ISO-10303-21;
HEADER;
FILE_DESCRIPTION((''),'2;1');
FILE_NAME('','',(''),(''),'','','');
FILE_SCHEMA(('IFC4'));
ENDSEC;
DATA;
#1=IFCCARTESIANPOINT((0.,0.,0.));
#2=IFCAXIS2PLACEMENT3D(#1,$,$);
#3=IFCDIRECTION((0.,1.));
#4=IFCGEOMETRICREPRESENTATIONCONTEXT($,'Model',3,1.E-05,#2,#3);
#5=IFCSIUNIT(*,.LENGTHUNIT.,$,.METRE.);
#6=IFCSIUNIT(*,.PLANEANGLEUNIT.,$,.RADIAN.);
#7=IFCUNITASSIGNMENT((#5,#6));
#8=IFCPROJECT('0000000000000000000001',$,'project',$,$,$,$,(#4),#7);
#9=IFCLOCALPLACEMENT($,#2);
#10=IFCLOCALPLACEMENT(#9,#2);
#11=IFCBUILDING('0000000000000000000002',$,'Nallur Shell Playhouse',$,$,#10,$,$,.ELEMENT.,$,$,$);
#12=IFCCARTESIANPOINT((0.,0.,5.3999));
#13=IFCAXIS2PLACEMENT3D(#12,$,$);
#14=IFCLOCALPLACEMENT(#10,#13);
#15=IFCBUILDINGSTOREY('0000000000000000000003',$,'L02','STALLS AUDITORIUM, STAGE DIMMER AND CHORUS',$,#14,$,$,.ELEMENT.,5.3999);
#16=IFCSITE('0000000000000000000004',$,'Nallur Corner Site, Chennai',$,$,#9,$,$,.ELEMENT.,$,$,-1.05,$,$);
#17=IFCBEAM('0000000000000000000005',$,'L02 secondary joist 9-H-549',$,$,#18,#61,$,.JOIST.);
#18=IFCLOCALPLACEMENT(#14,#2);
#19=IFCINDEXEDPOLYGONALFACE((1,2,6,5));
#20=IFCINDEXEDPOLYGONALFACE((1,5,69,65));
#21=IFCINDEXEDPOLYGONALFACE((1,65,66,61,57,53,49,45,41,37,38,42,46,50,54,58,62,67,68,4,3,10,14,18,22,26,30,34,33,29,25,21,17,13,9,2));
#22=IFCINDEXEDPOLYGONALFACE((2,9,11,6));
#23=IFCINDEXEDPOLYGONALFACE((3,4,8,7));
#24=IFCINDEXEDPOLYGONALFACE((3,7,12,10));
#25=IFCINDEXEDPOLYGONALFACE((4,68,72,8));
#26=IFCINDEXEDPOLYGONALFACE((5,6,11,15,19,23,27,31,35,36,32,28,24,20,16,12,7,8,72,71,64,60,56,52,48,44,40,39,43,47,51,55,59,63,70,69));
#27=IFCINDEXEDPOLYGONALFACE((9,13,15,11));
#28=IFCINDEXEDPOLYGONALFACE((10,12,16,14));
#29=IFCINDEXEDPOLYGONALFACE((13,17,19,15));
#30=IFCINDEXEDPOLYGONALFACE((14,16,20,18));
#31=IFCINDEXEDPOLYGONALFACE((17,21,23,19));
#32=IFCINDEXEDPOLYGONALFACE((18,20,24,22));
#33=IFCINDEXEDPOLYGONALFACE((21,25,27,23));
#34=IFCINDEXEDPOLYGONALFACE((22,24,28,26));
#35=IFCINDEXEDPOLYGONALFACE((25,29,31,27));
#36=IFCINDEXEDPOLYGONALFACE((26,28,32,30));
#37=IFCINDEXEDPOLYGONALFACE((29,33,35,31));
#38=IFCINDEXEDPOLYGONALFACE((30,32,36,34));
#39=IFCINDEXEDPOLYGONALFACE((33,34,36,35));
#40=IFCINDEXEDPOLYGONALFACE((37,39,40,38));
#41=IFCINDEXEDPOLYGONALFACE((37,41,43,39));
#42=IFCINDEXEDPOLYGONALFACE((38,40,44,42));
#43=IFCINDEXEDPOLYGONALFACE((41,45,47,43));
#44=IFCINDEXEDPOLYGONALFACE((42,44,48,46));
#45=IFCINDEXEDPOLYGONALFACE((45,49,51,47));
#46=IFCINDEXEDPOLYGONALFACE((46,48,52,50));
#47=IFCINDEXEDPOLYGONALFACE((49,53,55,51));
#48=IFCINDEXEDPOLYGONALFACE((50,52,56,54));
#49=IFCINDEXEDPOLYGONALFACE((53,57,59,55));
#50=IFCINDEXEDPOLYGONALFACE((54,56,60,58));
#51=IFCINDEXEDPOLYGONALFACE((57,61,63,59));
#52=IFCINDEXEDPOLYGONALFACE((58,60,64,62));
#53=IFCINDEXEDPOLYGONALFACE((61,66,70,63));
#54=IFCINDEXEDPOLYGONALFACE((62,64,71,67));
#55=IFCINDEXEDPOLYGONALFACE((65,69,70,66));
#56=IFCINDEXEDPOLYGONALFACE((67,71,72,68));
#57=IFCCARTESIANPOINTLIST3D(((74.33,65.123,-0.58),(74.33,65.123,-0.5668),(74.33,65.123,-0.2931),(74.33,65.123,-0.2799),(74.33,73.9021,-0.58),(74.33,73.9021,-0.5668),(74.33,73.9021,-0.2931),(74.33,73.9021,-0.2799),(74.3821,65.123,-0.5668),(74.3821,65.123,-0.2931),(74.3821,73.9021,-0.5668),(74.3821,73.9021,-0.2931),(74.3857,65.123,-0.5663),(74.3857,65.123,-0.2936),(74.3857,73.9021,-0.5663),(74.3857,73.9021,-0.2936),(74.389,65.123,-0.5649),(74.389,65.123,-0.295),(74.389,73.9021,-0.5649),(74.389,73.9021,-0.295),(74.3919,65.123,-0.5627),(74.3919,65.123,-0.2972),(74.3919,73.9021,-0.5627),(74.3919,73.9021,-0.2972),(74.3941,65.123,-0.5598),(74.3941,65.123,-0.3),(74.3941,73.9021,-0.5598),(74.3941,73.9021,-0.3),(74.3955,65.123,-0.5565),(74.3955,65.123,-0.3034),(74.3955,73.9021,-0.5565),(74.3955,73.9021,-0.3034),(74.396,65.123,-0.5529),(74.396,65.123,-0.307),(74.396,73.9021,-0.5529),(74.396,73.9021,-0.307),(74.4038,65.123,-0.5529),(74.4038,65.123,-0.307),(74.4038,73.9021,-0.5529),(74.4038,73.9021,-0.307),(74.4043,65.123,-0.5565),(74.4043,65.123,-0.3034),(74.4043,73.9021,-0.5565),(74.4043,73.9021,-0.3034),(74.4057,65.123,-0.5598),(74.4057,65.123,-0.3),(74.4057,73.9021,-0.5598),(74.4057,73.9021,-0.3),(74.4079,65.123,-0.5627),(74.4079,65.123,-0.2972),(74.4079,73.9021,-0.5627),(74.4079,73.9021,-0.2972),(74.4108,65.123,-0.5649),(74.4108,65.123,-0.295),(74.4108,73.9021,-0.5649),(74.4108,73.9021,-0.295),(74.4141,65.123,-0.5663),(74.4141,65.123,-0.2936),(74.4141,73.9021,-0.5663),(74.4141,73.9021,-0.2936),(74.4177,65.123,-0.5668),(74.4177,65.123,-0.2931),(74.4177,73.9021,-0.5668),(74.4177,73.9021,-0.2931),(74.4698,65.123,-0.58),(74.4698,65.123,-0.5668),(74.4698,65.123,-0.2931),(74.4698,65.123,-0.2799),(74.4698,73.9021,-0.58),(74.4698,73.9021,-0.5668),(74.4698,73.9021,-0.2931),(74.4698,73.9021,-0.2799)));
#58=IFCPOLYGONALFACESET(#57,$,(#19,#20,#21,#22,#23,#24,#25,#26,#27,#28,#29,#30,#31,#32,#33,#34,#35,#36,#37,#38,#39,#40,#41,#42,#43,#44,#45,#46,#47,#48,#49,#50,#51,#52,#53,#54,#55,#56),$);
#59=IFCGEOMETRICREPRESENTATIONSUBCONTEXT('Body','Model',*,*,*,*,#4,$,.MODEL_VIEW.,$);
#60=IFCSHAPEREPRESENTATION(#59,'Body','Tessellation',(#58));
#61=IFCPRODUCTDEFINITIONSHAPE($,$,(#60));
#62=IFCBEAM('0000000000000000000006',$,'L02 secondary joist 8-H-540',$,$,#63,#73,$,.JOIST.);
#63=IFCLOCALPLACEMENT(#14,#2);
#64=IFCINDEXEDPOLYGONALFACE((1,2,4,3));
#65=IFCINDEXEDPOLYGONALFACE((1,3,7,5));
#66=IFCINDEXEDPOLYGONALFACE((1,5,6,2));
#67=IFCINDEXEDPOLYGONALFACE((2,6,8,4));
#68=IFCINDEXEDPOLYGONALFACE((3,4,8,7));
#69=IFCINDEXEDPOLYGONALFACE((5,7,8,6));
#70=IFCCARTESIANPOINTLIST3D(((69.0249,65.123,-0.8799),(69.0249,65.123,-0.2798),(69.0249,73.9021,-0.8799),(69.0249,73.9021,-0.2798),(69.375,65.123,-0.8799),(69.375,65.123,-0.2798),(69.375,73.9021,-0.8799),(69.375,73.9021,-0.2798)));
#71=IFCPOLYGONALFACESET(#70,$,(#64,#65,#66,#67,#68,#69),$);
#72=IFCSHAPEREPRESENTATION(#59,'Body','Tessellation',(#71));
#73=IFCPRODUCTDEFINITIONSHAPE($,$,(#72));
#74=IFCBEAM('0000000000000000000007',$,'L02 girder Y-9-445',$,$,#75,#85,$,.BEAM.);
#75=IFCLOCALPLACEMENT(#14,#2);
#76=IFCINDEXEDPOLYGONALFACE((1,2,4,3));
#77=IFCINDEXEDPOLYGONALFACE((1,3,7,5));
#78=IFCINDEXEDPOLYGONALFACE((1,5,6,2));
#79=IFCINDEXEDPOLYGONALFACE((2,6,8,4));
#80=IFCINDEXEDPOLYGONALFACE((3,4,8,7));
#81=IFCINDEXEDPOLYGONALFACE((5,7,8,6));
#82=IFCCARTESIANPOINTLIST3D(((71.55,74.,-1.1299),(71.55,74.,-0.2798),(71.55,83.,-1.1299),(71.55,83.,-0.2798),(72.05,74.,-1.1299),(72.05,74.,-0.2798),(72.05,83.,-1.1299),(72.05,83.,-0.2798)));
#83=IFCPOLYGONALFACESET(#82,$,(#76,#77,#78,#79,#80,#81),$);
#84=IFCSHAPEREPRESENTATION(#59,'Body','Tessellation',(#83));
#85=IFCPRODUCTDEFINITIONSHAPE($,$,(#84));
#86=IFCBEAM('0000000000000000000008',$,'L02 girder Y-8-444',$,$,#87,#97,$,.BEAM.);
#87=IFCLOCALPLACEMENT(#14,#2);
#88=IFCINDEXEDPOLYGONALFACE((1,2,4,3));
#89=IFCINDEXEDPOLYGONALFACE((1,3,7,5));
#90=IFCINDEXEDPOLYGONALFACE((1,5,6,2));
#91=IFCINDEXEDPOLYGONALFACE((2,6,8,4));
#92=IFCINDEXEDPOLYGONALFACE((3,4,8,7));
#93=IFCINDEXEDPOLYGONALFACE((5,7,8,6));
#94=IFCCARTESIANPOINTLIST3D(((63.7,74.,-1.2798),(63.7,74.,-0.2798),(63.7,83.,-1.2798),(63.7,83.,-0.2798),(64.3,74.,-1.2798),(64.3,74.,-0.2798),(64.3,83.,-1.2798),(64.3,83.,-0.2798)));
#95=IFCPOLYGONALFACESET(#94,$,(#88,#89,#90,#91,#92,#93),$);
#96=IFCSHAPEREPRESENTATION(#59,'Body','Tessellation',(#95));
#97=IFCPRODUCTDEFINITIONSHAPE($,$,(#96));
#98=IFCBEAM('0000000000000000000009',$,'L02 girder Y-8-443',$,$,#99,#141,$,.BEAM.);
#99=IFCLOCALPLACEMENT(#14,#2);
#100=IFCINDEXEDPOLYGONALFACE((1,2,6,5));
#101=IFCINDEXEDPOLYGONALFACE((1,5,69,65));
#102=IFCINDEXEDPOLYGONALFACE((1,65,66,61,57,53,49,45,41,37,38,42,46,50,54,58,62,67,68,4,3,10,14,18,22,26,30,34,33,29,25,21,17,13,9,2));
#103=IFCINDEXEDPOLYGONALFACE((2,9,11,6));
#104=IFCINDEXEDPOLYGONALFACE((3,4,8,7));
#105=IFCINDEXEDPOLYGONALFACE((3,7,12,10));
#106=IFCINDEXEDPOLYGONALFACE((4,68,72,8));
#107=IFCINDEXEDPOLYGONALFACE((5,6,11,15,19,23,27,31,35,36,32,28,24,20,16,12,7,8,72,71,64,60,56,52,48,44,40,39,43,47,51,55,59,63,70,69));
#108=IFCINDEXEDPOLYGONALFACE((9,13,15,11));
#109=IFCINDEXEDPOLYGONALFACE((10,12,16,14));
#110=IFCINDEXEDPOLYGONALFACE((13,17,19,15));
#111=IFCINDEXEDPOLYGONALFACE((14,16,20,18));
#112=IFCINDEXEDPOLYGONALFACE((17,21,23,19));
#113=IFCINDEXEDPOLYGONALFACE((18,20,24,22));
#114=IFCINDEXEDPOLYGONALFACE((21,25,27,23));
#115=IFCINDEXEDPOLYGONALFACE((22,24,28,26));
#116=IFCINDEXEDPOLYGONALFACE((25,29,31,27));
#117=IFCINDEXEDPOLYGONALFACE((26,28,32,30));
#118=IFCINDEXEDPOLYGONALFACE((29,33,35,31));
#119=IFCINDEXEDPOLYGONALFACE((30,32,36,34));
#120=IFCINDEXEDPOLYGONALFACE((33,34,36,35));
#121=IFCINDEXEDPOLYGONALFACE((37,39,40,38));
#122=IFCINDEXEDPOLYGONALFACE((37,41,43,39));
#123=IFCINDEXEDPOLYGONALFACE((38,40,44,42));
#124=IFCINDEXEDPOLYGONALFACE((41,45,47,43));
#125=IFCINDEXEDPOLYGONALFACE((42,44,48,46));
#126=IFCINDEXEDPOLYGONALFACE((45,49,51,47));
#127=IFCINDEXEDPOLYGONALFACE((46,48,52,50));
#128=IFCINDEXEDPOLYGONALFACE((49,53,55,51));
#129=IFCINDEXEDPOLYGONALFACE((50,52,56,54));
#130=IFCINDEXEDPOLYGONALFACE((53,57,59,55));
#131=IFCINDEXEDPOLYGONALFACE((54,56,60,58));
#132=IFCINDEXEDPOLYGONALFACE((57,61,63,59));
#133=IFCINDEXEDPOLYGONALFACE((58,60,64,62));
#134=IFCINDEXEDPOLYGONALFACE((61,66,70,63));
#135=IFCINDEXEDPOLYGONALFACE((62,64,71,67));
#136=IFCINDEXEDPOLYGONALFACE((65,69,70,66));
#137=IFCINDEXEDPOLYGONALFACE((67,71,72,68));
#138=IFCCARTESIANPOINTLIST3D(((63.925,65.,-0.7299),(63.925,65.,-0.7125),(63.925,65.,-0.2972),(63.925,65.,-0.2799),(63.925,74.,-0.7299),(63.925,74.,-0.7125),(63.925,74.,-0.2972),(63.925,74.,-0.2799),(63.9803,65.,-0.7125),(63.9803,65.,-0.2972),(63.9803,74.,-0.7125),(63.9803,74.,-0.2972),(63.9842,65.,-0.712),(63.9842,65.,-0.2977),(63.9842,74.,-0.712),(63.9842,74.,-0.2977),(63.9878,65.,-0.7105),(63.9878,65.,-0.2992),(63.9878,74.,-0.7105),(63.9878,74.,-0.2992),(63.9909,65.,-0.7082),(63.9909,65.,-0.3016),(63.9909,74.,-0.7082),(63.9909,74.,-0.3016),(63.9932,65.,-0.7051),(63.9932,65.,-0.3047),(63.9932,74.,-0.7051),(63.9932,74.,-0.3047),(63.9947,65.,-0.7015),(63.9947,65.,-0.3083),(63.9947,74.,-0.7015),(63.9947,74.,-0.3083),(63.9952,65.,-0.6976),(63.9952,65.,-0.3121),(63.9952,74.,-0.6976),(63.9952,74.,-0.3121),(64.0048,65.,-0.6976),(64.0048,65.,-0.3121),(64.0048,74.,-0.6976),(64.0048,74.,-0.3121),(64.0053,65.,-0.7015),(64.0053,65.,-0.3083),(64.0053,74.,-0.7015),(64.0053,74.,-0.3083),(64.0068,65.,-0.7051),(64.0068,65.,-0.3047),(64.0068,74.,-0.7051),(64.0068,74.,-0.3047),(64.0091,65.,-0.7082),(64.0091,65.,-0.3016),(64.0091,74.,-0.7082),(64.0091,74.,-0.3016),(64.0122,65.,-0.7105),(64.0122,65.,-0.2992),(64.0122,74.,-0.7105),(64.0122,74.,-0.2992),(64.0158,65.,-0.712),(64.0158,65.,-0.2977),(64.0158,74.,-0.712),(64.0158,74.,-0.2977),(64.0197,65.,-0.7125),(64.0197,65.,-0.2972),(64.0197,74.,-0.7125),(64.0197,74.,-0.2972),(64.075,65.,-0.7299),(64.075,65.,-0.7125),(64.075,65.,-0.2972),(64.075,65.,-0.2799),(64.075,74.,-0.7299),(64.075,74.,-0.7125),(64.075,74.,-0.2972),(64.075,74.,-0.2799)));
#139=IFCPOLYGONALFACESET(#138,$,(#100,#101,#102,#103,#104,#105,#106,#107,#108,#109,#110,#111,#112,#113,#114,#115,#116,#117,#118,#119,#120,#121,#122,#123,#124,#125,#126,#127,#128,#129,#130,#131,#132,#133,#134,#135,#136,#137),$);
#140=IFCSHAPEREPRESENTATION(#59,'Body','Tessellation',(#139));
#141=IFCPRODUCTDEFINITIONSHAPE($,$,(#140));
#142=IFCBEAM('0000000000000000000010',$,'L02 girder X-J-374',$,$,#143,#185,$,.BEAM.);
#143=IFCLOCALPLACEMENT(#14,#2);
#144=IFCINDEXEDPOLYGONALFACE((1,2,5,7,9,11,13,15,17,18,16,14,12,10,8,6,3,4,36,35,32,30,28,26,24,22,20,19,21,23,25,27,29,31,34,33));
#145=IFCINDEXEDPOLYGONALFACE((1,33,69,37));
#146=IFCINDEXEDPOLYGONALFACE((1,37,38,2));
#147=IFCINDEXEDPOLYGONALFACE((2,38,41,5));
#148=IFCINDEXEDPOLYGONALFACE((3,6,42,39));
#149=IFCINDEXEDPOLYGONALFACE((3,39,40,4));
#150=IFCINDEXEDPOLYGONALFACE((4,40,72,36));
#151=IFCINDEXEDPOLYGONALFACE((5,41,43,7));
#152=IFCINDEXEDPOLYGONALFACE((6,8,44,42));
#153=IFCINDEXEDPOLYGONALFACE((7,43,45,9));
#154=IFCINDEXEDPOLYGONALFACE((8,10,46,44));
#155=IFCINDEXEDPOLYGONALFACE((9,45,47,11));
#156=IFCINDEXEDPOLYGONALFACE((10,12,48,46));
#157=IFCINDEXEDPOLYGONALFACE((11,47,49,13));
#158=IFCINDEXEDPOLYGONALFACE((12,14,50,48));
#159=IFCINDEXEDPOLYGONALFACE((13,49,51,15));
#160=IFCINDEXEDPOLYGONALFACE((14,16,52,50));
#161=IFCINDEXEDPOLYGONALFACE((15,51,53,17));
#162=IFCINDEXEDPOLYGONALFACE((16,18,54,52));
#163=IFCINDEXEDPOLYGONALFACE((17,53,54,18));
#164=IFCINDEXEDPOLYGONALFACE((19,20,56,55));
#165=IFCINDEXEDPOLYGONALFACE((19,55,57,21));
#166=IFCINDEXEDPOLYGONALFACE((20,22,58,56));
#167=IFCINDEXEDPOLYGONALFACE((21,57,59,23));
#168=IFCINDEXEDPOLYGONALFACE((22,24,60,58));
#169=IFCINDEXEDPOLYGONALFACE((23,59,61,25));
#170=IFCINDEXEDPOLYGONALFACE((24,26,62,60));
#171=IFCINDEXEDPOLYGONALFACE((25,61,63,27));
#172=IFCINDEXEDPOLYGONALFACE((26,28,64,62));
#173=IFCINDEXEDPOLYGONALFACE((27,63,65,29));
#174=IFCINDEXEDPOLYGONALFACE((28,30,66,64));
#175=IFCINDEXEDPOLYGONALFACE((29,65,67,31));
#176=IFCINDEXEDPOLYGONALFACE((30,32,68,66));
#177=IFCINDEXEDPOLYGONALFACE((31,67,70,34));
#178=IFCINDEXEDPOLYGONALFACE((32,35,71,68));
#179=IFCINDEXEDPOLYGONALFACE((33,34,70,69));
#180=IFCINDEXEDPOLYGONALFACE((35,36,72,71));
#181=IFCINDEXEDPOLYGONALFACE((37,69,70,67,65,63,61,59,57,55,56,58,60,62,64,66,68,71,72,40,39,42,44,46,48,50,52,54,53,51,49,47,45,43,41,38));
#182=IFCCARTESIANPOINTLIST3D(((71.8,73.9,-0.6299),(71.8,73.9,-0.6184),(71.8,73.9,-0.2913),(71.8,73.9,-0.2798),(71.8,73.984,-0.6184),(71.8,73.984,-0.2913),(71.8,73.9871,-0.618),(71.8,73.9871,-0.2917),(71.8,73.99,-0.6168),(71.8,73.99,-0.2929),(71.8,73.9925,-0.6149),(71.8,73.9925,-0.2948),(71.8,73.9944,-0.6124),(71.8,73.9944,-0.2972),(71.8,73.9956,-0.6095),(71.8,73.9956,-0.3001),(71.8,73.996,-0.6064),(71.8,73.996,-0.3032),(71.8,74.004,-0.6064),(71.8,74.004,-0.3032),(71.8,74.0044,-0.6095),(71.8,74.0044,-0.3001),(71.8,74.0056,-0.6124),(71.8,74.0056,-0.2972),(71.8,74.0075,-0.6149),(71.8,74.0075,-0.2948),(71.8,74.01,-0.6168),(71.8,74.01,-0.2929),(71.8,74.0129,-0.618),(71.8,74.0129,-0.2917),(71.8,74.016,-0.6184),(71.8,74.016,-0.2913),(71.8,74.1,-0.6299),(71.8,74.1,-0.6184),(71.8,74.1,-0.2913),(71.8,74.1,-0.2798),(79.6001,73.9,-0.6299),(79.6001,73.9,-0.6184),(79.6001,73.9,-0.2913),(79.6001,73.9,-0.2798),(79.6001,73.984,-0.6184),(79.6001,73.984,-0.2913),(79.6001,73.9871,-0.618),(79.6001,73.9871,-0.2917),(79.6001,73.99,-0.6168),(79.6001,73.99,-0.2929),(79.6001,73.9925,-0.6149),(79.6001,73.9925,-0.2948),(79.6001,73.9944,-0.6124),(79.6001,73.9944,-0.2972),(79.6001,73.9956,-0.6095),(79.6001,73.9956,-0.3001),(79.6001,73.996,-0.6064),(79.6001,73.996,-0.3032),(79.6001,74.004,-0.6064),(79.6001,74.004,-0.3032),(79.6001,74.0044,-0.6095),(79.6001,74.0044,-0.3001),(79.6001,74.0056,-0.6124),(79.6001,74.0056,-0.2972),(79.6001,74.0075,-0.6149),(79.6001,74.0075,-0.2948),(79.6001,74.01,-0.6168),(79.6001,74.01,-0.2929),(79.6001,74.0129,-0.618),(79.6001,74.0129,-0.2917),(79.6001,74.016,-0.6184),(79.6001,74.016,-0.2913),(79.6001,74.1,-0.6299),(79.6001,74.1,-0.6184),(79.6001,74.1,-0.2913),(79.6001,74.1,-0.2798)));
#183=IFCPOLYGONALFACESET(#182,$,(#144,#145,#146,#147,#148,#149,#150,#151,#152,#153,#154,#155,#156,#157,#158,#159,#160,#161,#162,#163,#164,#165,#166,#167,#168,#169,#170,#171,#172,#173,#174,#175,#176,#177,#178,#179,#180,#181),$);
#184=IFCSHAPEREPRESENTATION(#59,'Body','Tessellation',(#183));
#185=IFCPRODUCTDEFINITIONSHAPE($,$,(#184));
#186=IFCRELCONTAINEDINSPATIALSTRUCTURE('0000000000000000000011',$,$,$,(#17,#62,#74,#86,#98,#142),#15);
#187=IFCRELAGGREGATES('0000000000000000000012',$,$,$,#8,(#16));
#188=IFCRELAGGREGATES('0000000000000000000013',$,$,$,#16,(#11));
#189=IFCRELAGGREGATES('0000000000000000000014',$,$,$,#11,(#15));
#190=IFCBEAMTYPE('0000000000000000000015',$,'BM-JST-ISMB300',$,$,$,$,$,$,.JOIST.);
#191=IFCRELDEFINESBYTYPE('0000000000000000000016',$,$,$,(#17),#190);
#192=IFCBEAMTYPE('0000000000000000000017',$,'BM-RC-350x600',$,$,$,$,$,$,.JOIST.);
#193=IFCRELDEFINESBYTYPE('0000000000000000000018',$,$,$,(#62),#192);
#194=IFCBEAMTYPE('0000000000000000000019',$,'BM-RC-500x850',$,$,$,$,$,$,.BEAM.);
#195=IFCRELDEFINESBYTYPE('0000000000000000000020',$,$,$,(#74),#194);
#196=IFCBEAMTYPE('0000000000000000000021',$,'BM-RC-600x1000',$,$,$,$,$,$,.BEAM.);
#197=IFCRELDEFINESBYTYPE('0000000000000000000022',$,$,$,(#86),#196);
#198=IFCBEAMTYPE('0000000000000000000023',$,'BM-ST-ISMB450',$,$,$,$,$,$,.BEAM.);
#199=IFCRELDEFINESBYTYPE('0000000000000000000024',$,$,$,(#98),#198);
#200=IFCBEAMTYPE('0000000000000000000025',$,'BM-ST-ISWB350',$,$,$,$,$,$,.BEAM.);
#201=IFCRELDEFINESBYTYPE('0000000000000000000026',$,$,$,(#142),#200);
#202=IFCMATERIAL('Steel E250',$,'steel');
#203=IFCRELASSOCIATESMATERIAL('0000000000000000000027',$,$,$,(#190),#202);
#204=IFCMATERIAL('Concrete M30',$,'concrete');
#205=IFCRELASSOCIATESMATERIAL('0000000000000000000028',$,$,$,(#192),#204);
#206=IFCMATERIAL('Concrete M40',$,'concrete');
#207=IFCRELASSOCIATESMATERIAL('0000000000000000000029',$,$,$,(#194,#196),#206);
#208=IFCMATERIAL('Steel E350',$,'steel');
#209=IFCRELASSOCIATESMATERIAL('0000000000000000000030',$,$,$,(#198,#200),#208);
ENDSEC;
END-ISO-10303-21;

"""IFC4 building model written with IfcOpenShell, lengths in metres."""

from ifc_helpers import new_model, si_unit, direction, frame, origin, origin_2d, place, context, subcontext, project, spatial, rectangle, i_section, extrude, material, material_profile, profile_set, type_object, element, save


model = new_model("IFC4")

# Units and contexts
model_context = context("Model", 3, precision=1e-05, world=origin(), true_north=direction((0.0, 1.0)))
body_context = subcontext(model_context, "Body", "Model", "MODEL_VIEW")
ifc_project = project(units=[si_unit("LENGTHUNIT", "METRE"), si_unit("PLANEANGLEUNIT", "RADIAN")], contexts=[model_context])

# Site, building, storey
site_placement = place(None, origin())
site = spatial("IfcSite", under=ifc_project, at=site_placement, Name="Nallur Corner Site, Chennai", CompositionType="ELEMENT", RefElevation=-1.05)
building_placement = place(site_placement, origin())
building = spatial("IfcBuilding", under=site, at=building_placement, Name="Nallur Shell Playhouse", CompositionType="ELEMENT")
storey_placement = place(building_placement, frame((0.0, 0.0, 5.3999)))
storey = spatial("IfcBuildingStorey", under=building, at=storey_placement, Name="L02", Description="STALLS AUDITORIUM, STAGE DIMMER AND CHORUS", CompositionType="ELEMENT", Elevation=5.3999)

# Shared definitions
ifc_material_1 = material(Name="Steel E350", Category="steel")

# Beams
ifc_material_2 = material(Name="Steel E250", Category="steel")
ifc_material_profile_1 = material_profile(ifc_material_2, i_section(OverallWidth=0.1399, OverallDepth=0.3, WebThickness=0.0078, FlangeThickness=0.0132, FilletRadius=0.0139, at=origin_2d()), Name="ISMB 300")
ifc_profile_set_1 = profile_set([ifc_material_profile_1], Name="Steel E250")
beam_type_1 = type_object("IfcBeamType", Name="BM-JST-ISMB300", PredefinedType="JOIST", material=ifc_profile_set_1)
beam_1_placement = place(storey_placement, frame((74.3999, 65.123, -0.4299), z_axis=(0.0, 1.0, 0.0), x_axis=(-1.0, 0.0, 0.0)))
element("IfcBeam", 1, at=beam_1_placement, inside=storey, type_object=beam_type_1, Name="L02 secondary joist 9-H-549", PredefinedType="JOIST", context=body_context, shape_type="SweptSolid", body=[
    extrude(i_section(OverallWidth=0.1399, OverallDepth=0.3, WebThickness=0.0078, FlangeThickness=0.0132, FilletRadius=0.0139, at=origin_2d()), origin(), (0.0, 0.0, 1.0), 8.7791),
])
ifc_material_3 = material(Name="Concrete M30", Category="concrete")
ifc_material_profile_2 = material_profile(ifc_material_3, rectangle(XDim=0.3501, YDim=0.6001, at=origin_2d()), Name="RC 350x600")
ifc_profile_set_2 = profile_set([ifc_material_profile_2], Name="Concrete M30")
beam_type_2 = type_object("IfcBeamType", Name="BM-RC-350x600", PredefinedType="JOIST", material=ifc_profile_set_2)
beam_2_placement = place(storey_placement, frame((69.2, 65.123, -0.5798), z_axis=(0.0, 1.0, 0.0), x_axis=(-1.0, 0.0, 0.0)))
element("IfcBeam", 2, at=beam_2_placement, inside=storey, type_object=beam_type_2, Name="L02 secondary joist 8-H-540", PredefinedType="JOIST", context=body_context, shape_type="SweptSolid", body=[
    extrude(rectangle(XDim=0.3501, YDim=0.6001, at=origin_2d()), origin(), (0.0, 0.0, 1.0), 8.7791),
])
ifc_material_4 = material(Name="Concrete M40", Category="concrete")
ifc_material_profile_3 = material_profile(ifc_material_4, rectangle(XDim=0.5, YDim=0.8501, at=origin_2d()), Name="RC 500x850")
ifc_profile_set_3 = profile_set([ifc_material_profile_3], Name="Concrete M40")
beam_type_3 = type_object("IfcBeamType", Name="BM-RC-500x850", PredefinedType="BEAM", material=ifc_profile_set_3)
beam_3_placement = place(storey_placement, frame((71.8, 74.0, -0.7048), z_axis=(0.0, 1.0, 0.0), x_axis=(-1.0, 0.0, 0.0)))
element("IfcBeam", 3, at=beam_3_placement, inside=storey, type_object=beam_type_3, Name="L02 girder Y-9-445", PredefinedType="BEAM", context=body_context, shape_type="SweptSolid", body=[
    extrude(rectangle(XDim=0.5, YDim=0.8501, at=origin_2d()), origin(), (0.0, 0.0, 1.0), 9.0),
])
ifc_material_profile_4 = material_profile(ifc_material_4, rectangle(XDim=0.6001, YDim=1.0, at=origin_2d()), Name="RC 600x1000")
ifc_profile_set_4 = profile_set([ifc_material_profile_4], Name="Concrete M40")
beam_type_4 = type_object("IfcBeamType", Name="BM-RC-600x1000", PredefinedType="BEAM", material=ifc_profile_set_4)
beam_4_placement = place(storey_placement, frame((64.0, 74.0, -0.7798), z_axis=(0.0, 1.0, 0.0), x_axis=(-1.0, 0.0, 0.0)))
element("IfcBeam", 4, at=beam_4_placement, inside=storey, type_object=beam_type_4, Name="L02 girder Y-8-444", PredefinedType="BEAM", context=body_context, shape_type="SweptSolid", body=[
    extrude(rectangle(XDim=0.6001, YDim=1.0, at=origin_2d()), origin(), (0.0, 0.0, 1.0), 9.0),
])
ifc_material_profile_5 = material_profile(ifc_material_1, i_section(OverallWidth=0.1499, OverallDepth=0.45, WebThickness=0.0095, FlangeThickness=0.0173, FilletRadius=0.0149, at=origin_2d()), Name="ISMB 450")
ifc_profile_set_5 = profile_set([ifc_material_profile_5], Name="Steel E350")
beam_type_5 = type_object("IfcBeamType", Name="BM-ST-ISMB450", PredefinedType="BEAM", material=ifc_profile_set_5)
beam_5_placement = place(storey_placement, frame((64.0, 65.0, -0.5049), z_axis=(0.0, 1.0, 0.0), x_axis=(-1.0, 0.0, 0.0)))
element("IfcBeam", 5, at=beam_5_placement, inside=storey, type_object=beam_type_5, Name="L02 girder Y-8-443", PredefinedType="BEAM", context=body_context, shape_type="SweptSolid", body=[
    extrude(i_section(OverallWidth=0.1499, OverallDepth=0.45, WebThickness=0.0095, FlangeThickness=0.0173, FilletRadius=0.0149, at=origin_2d()), origin(), (0.0, 0.0, 1.0), 9.0),
])
ifc_material_profile_6 = material_profile(ifc_material_1, i_section(OverallWidth=0.2, OverallDepth=0.3501, WebThickness=0.0081, FlangeThickness=0.0115, FilletRadius=0.012, at=origin_2d()), Name="ISWB 350")
ifc_profile_set_6 = profile_set([ifc_material_profile_6], Name="Steel E350")
beam_type_6 = type_object("IfcBeamType", Name="BM-ST-ISWB350", PredefinedType="BEAM", material=ifc_profile_set_6)
beam_6_placement = place(storey_placement, frame((71.8, 74.0, -0.4548), z_axis=(1.0, 0.0, 0.0), x_axis=(0.0, 1.0, 0.0)))
element("IfcBeam", 6, at=beam_6_placement, inside=storey, type_object=beam_type_6, Name="L02 girder X-J-374", PredefinedType="BEAM", context=body_context, shape_type="SweptSolid", body=[
    extrude(i_section(OverallWidth=0.2, OverallDepth=0.3501, WebThickness=0.0081, FlangeThickness=0.0115, FilletRadius=0.012, at=origin_2d()), origin(), (0.0, 0.0, 1.0), 7.8),
])

save(model, "model.ifc")
